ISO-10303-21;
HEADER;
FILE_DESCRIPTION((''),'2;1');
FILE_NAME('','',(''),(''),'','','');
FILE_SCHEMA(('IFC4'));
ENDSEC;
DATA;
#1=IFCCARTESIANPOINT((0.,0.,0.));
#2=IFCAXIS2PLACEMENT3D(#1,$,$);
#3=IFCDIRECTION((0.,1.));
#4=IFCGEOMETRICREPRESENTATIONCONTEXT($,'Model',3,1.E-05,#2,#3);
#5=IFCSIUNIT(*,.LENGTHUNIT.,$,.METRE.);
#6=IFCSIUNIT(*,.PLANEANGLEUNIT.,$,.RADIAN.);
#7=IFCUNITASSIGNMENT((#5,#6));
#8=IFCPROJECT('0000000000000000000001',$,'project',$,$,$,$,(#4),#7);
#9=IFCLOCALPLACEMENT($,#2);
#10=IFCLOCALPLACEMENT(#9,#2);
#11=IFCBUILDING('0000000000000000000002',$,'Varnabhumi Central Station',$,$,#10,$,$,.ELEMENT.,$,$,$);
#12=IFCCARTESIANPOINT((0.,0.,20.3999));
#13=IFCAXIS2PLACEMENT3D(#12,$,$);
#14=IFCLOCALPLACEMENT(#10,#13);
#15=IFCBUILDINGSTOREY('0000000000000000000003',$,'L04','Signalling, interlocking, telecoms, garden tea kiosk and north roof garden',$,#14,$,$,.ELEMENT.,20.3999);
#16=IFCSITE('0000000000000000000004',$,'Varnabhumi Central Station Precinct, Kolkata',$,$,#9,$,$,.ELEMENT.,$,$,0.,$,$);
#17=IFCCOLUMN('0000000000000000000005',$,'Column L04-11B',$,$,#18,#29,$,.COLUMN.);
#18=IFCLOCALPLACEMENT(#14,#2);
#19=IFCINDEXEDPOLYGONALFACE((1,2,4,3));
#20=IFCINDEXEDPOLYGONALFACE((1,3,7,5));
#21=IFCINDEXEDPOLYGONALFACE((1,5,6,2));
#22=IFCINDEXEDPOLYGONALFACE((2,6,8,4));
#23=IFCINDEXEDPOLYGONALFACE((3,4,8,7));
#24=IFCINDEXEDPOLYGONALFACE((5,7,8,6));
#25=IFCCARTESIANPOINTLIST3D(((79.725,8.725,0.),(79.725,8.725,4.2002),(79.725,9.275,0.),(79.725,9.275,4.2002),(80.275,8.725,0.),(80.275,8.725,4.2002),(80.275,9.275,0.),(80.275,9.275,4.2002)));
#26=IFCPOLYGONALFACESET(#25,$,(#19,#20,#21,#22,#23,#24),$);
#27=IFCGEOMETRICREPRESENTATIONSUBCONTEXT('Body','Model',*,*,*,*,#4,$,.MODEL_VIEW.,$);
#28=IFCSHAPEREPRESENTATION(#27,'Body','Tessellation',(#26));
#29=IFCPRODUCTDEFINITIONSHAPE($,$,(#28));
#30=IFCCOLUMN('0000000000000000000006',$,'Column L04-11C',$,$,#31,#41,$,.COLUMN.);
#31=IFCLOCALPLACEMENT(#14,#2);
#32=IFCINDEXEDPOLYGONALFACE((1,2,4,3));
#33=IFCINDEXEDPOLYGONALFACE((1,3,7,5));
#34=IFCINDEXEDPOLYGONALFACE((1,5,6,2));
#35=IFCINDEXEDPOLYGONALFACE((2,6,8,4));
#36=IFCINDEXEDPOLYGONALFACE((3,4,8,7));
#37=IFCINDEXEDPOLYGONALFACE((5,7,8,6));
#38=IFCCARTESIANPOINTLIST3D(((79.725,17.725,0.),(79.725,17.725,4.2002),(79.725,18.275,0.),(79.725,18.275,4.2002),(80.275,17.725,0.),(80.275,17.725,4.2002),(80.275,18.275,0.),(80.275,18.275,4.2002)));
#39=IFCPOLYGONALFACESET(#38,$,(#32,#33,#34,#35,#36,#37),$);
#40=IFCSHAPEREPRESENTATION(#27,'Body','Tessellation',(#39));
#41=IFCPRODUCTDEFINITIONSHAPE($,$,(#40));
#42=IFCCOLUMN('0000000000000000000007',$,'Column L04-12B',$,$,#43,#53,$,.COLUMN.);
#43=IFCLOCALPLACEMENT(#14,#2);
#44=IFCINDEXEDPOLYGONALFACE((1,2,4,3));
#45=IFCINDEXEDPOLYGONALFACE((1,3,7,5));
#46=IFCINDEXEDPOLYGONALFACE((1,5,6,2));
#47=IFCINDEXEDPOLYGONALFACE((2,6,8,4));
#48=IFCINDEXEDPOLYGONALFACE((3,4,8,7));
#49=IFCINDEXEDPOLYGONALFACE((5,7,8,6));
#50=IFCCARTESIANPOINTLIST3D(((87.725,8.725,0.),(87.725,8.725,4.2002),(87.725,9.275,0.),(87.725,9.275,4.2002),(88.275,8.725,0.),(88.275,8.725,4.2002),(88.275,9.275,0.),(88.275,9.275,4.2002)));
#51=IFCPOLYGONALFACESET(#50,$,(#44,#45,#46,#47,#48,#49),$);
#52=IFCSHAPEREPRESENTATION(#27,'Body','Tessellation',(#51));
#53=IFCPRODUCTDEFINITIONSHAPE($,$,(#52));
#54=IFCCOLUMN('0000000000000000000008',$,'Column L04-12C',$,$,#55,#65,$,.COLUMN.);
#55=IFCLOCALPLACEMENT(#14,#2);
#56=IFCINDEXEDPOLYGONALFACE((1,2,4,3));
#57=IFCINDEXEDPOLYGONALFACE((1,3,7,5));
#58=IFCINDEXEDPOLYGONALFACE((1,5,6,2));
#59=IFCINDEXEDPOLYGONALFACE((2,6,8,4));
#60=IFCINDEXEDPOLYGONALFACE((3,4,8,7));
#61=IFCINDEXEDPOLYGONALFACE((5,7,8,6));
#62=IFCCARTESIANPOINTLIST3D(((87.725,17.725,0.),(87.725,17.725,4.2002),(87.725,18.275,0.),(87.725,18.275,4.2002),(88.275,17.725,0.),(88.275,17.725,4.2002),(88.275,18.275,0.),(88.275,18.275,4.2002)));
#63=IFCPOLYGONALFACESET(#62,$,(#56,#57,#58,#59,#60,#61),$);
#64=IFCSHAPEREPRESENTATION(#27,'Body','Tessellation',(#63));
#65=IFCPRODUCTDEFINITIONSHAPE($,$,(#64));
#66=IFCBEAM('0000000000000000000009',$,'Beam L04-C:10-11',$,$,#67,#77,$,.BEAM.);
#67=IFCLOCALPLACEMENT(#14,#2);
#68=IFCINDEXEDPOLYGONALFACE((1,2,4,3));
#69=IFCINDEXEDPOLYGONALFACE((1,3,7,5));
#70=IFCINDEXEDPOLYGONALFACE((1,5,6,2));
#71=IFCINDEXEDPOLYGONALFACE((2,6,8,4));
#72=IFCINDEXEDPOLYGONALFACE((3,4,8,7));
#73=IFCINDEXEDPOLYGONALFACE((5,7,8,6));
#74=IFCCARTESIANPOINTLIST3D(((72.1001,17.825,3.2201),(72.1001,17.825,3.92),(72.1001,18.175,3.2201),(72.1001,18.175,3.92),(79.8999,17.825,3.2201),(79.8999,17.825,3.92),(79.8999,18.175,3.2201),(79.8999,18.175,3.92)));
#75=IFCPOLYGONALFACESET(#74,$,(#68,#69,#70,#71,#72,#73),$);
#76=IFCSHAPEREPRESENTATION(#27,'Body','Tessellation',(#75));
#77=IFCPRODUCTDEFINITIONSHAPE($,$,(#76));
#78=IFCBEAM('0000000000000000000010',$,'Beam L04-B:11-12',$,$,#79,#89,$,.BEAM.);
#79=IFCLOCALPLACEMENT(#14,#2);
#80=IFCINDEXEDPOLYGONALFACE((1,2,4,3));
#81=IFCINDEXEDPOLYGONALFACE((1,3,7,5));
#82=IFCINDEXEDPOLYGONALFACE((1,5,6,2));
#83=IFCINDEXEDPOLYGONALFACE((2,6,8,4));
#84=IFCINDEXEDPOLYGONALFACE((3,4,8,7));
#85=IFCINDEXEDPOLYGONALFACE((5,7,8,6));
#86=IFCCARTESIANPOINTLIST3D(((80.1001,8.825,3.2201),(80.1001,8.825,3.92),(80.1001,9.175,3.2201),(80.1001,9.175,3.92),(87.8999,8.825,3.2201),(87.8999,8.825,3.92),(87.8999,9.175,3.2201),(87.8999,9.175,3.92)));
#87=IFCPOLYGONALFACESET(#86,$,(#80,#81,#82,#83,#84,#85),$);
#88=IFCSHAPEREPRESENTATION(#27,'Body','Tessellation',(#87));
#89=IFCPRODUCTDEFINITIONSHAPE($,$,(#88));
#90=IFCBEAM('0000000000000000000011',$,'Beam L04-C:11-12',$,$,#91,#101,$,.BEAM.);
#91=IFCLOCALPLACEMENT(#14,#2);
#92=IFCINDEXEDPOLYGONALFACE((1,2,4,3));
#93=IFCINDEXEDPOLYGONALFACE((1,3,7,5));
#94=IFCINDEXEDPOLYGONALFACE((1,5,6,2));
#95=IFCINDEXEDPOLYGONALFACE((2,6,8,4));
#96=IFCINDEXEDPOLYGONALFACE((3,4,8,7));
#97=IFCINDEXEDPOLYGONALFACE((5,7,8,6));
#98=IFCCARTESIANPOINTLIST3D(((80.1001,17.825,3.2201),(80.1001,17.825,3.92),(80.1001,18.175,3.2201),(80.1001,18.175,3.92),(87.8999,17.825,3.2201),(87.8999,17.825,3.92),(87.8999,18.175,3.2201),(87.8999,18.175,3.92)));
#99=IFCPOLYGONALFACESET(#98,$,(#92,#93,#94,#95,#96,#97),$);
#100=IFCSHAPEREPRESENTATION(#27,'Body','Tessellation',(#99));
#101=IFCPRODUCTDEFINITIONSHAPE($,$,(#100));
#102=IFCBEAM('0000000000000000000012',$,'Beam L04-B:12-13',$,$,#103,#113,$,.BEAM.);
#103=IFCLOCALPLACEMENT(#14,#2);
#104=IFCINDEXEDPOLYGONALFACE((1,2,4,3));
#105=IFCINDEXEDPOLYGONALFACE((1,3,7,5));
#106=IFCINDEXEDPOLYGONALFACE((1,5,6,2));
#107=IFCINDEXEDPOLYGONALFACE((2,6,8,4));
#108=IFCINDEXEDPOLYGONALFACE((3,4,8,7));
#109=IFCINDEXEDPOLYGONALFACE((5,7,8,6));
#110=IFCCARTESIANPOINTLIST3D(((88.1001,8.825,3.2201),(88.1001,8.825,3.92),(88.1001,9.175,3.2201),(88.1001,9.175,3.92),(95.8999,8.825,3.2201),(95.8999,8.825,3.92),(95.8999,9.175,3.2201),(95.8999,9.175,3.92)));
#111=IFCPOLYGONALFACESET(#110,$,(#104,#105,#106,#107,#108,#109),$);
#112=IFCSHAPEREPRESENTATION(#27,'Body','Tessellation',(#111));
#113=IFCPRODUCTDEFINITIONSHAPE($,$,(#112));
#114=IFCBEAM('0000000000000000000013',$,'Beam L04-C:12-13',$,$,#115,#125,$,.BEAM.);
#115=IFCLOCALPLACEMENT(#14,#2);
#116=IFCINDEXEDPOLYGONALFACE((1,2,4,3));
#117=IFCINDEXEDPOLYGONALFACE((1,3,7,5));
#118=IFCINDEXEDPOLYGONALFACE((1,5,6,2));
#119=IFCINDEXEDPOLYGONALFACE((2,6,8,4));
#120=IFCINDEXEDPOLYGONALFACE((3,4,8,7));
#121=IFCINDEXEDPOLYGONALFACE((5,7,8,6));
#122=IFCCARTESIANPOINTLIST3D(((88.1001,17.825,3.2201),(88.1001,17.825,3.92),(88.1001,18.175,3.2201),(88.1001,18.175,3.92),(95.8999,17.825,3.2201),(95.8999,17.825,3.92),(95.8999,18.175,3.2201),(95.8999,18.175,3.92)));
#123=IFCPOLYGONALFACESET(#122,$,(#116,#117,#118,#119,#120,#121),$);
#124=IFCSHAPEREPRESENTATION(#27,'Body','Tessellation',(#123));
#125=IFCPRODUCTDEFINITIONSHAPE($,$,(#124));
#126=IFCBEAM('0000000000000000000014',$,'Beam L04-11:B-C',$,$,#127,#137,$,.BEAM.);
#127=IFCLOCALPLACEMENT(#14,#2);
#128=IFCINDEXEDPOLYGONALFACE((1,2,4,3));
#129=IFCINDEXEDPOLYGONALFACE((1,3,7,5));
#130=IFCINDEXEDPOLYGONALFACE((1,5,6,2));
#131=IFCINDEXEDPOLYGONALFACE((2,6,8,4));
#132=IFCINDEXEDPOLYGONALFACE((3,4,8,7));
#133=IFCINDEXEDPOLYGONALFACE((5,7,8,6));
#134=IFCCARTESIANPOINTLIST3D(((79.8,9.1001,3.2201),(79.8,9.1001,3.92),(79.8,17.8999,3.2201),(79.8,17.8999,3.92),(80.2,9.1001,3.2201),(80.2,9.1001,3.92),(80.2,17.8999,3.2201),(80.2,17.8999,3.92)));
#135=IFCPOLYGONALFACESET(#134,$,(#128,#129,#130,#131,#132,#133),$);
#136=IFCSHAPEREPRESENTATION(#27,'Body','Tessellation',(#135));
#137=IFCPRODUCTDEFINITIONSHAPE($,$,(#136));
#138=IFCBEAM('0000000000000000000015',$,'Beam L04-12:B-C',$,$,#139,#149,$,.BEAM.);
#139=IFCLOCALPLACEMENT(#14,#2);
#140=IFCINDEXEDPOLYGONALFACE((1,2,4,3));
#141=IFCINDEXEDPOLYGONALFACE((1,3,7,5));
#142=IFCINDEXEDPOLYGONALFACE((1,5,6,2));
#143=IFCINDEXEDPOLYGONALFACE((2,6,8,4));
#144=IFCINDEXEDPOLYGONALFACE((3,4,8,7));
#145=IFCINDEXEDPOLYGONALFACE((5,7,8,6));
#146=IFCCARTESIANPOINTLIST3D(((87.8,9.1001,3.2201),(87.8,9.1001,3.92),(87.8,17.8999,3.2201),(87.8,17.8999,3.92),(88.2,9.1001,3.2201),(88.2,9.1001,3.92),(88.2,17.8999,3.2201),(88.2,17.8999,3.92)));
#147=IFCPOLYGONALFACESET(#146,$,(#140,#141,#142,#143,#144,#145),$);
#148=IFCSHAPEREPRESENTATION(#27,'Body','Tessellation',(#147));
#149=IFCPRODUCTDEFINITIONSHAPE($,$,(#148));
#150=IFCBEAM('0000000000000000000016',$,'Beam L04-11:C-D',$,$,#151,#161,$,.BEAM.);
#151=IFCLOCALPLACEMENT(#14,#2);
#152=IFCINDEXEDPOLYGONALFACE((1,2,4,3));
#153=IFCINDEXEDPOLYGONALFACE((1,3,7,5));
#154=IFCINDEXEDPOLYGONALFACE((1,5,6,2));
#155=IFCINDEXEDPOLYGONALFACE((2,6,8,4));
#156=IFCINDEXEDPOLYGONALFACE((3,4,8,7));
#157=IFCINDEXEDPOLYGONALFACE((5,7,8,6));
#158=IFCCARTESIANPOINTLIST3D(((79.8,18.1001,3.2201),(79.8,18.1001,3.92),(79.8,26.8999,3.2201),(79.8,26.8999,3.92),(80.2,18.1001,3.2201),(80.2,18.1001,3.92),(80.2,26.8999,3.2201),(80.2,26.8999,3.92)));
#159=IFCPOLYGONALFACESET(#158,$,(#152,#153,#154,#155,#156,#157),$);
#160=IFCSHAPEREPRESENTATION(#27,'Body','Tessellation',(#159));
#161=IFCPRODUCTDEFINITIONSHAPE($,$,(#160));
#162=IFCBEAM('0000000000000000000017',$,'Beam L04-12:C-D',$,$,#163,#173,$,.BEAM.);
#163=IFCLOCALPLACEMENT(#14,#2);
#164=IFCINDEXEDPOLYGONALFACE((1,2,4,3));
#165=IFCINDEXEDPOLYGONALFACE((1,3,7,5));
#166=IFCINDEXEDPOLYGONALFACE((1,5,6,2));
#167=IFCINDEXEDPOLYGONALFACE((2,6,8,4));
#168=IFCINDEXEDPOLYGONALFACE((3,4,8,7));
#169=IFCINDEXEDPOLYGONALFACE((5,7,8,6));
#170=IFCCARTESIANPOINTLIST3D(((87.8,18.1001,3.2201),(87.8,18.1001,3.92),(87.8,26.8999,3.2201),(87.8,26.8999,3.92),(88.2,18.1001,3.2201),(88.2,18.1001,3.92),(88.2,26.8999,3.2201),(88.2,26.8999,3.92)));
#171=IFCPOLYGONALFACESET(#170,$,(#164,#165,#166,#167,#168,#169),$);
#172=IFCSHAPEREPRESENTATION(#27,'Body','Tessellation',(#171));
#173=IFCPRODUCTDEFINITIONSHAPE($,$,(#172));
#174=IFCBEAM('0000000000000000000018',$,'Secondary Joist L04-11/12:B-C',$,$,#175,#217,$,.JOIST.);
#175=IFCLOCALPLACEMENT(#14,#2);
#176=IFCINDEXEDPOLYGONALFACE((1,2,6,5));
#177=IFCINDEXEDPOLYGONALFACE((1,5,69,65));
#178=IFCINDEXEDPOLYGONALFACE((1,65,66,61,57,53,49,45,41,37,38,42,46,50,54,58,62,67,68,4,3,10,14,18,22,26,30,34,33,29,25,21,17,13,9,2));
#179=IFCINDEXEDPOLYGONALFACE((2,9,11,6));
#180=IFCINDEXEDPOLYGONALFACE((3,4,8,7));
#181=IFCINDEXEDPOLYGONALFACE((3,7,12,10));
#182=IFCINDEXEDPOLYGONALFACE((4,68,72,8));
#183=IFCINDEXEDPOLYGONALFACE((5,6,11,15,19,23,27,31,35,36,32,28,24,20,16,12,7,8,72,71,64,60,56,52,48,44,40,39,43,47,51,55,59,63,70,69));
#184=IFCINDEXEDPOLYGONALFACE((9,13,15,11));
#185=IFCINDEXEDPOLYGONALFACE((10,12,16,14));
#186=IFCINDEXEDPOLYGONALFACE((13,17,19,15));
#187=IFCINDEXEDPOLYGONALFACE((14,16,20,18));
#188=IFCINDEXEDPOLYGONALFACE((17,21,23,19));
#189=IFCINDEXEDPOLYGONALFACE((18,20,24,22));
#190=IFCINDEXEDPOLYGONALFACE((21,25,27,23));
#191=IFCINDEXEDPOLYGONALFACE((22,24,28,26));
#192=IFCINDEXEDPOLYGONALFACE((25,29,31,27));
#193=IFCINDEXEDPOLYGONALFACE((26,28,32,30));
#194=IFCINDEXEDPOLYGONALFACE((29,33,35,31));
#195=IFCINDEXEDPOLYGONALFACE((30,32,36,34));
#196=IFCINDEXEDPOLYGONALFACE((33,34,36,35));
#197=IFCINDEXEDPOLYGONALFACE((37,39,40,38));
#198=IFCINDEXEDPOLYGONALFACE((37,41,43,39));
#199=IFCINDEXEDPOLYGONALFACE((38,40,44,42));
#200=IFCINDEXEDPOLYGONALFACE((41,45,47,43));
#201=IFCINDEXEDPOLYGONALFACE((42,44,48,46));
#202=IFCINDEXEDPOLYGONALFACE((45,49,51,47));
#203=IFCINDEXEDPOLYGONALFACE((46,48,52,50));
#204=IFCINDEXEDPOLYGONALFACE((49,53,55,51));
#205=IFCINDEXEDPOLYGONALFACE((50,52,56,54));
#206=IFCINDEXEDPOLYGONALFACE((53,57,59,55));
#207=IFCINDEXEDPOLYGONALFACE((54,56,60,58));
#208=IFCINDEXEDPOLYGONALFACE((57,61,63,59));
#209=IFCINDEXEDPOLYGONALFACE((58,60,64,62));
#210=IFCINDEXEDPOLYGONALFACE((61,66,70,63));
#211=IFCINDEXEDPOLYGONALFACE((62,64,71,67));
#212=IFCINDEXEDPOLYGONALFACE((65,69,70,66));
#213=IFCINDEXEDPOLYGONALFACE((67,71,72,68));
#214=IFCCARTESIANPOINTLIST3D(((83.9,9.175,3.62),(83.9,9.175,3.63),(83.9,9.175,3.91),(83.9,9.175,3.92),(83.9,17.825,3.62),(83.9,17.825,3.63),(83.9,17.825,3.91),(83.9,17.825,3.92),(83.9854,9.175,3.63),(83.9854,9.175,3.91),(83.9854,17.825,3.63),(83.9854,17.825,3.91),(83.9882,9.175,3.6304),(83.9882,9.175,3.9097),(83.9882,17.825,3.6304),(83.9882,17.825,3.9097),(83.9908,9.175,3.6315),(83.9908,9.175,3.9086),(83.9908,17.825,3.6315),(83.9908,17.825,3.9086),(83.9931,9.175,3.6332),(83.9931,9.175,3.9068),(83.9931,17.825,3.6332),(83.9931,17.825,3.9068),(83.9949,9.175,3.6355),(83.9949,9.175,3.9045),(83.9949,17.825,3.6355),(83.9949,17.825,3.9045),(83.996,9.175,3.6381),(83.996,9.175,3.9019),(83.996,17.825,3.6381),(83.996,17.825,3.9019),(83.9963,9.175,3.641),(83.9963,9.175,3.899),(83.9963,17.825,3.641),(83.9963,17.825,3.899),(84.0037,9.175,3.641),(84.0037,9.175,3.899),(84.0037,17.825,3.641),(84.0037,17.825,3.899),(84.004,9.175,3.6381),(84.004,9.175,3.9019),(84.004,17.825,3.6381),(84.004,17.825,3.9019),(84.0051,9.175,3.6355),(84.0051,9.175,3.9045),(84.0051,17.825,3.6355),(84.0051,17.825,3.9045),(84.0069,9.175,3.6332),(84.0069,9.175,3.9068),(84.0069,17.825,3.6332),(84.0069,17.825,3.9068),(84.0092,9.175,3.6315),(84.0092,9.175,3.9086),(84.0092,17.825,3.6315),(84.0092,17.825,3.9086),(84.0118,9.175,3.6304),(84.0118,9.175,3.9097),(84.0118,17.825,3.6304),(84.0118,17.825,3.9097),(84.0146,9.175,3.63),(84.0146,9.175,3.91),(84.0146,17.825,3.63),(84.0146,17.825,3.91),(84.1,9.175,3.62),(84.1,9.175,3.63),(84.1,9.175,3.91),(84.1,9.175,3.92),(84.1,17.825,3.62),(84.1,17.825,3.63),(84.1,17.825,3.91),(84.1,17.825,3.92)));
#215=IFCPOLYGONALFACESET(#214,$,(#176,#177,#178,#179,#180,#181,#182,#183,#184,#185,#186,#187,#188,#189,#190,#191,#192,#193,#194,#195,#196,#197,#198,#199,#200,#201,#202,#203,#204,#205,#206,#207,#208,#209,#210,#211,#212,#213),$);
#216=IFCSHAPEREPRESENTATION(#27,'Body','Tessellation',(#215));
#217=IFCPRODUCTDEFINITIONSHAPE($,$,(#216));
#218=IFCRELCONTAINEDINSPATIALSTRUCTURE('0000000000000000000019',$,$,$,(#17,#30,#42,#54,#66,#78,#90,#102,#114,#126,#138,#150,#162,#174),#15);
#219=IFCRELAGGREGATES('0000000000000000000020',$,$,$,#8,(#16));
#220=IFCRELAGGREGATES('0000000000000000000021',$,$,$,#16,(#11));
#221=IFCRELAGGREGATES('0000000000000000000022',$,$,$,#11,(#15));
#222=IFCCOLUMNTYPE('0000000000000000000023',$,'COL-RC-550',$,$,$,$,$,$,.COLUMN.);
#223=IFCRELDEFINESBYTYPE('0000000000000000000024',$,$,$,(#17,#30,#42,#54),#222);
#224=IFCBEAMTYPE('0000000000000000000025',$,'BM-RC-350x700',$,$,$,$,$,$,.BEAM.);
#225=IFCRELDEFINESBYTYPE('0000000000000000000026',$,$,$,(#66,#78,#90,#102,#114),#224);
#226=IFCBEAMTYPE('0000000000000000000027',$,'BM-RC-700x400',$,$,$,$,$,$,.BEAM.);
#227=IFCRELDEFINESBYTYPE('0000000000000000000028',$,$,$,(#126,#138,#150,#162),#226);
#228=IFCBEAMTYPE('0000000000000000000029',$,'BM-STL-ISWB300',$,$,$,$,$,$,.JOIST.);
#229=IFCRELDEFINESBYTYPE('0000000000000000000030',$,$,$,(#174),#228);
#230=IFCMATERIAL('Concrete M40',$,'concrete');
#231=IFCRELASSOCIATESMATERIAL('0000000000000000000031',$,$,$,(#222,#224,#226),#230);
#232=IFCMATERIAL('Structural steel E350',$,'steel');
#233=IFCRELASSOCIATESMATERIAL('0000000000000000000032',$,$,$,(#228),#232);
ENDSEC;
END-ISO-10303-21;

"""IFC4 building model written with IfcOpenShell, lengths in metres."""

from ifc_helpers import new_model, si_unit, direction, frame, origin, origin_2d, place, context, subcontext, project, spatial, rectangle, i_section, extrude, material, material_profile, profile_set, type_object, element, save


model = new_model("IFC4")

# Units and contexts
model_context = context("Model", 3, precision=1e-05, world=origin(), true_north=direction((0.0, 1.0)))
body_context = subcontext(model_context, "Body", "Model", "MODEL_VIEW")
ifc_project = project(units=[si_unit("LENGTHUNIT", "METRE"), si_unit("PLANEANGLEUNIT", "RADIAN")], contexts=[model_context])

# Site, building, storey
site_placement = place(None, origin())
site = spatial("IfcSite", under=ifc_project, at=site_placement, Name="Varnabhumi Central Station Precinct, Kolkata", CompositionType="ELEMENT", RefElevation=0.0)
building_placement = place(site_placement, origin())
building = spatial("IfcBuilding", under=site, at=building_placement, Name="Varnabhumi Central Station", CompositionType="ELEMENT")
storey_placement = place(building_placement, frame((0.0, 0.0, 20.3999)))
storey = spatial("IfcBuildingStorey", under=building, at=storey_placement, Name="L04", Description="Signalling, interlocking, telecoms, garden tea kiosk and north roof garden", CompositionType="ELEMENT", Elevation=20.3999)

# Columns
ifc_material_1 = material(Name="Concrete M40", Category="concrete")
ifc_material_profile_1 = material_profile(ifc_material_1, rectangle(XDim=0.55, YDim=0.55, at=origin_2d()), Name="Concrete M40", Category="concrete")
ifc_profile_set_1 = profile_set([ifc_material_profile_1], Name="Concrete M40")
column_type = type_object("IfcColumnType", Name="COL-RC-550", PredefinedType="COLUMN", material=ifc_profile_set_1)
for number, where, z_axis, x_axis, name in (
    (1, (80.0, 9.0, 0.0), (0.0, 0.0, 1.0), (1.0, 0.0, 0.0), "Column L04-11B"),
    (2, (80.0, 18.0, 0.0), (0.0, 0.0, 1.0), (1.0, 0.0, 0.0), "Column L04-11C"),
    (3, (88.0, 9.0, 0.0), (0.0, 0.0, 1.0), (1.0, 0.0, 0.0), "Column L04-12B"),
    (4, (88.0, 18.0, 0.0), (0.0, 0.0, 1.0), (1.0, 0.0, 0.0), "Column L04-12C"),
):
    element("IfcColumn", number, at=place(storey_placement, frame(where, z_axis=z_axis, x_axis=x_axis)), inside=storey, type_object=column_type, Name=name, PredefinedType="COLUMN", context=body_context, shape_type="SweptSolid", body=[
        extrude(rectangle(XDim=0.55, YDim=0.55, at=origin_2d()), origin(), (0.0, 0.0, 1.0), 4.2002),
    ])

# Beams
ifc_material_profile_2 = material_profile(ifc_material_1, rectangle(XDim=0.3501, YDim=0.7, at=origin_2d()), Name="Concrete M40", Category="concrete")
ifc_profile_set_2 = profile_set([ifc_material_profile_2], Name="Concrete M40")
beam_type_1 = type_object("IfcBeamType", Name="BM-RC-350x700", PredefinedType="BEAM", material=ifc_profile_set_2)
for number, where, z_axis, x_axis, name in (
    (5, (72.1001, 18.0, 3.5701), (1.0, 0.0, 0.0), (0.0, 1.0, 0.0), "Beam L04-C:10-11"),
    (6, (80.1001, 9.0, 3.5701), (1.0, 0.0, 0.0), (0.0, 1.0, 0.0), "Beam L04-B:11-12"),
    (7, (80.1001, 18.0, 3.5701), (1.0, 0.0, 0.0), (0.0, 1.0, 0.0), "Beam L04-C:11-12"),
    (8, (88.1001, 9.0, 3.5701), (1.0, 0.0, 0.0), (0.0, 1.0, 0.0), "Beam L04-B:12-13"),
    (9, (88.1001, 18.0, 3.5701), (1.0, 0.0, 0.0), (0.0, 1.0, 0.0), "Beam L04-C:12-13"),
):
    element("IfcBeam", number, at=place(storey_placement, frame(where, z_axis=z_axis, x_axis=x_axis)), inside=storey, type_object=beam_type_1, Name=name, PredefinedType="BEAM", context=body_context, shape_type="SweptSolid", body=[
        extrude(rectangle(XDim=0.3501, YDim=0.7, at=origin_2d()), origin(), (0.0, 0.0, 1.0), 7.7998),
    ])
ifc_material_profile_3 = material_profile(ifc_material_1, rectangle(XDim=0.3999, YDim=0.7, at=origin_2d()), Name="Concrete M40", Category="concrete")
ifc_profile_set_3 = profile_set([ifc_material_profile_3], Name="Concrete M40")
beam_type_2 = type_object("IfcBeamType", Name="BM-RC-700x400", PredefinedType="BEAM", material=ifc_profile_set_3)
for number, where, z_axis, x_axis, name in (
    (10, (80.0, 9.1001, 3.5701), (0.0, 1.0, 0.0), (-1.0, 0.0, 0.0), "Beam L04-11:B-C"),
    (11, (88.0, 9.1001, 3.5701), (0.0, 1.0, 0.0), (-1.0, 0.0, 0.0), "Beam L04-12:B-C"),
    (12, (80.0, 18.1001, 3.5701), (0.0, 1.0, 0.0), (-1.0, 0.0, 0.0), "Beam L04-11:C-D"),
    (13, (88.0, 18.1001, 3.5701), (0.0, 1.0, 0.0), (-1.0, 0.0, 0.0), "Beam L04-12:C-D"),
):
    element("IfcBeam", number, at=place(storey_placement, frame(where, z_axis=z_axis, x_axis=x_axis)), inside=storey, type_object=beam_type_2, Name=name, PredefinedType="BEAM", context=body_context, shape_type="SweptSolid", body=[
        extrude(rectangle(XDim=0.3999, YDim=0.7, at=origin_2d()), origin(), (0.0, 0.0, 1.0), 8.7998),
    ])
ifc_material_2 = material(Name="Structural steel E350", Category="steel")
ifc_material_profile_4 = material_profile(ifc_material_2, i_section(OverallWidth=0.2, OverallDepth=0.3, WebThickness=0.0073, FlangeThickness=0.01, FilletRadius=0.011, at=origin_2d()), Name="Structural steel E350", Category="steel")
ifc_profile_set_4 = profile_set([ifc_material_profile_4], Name="Structural steel E350")
beam_type_3 = type_object("IfcBeamType", Name="BM-STL-ISWB300", PredefinedType="JOIST", material=ifc_profile_set_4)
beam_1_placement = place(storey_placement, frame((84.0, 9.175, 3.77), z_axis=(0.0, 1.0, 0.0), x_axis=(-1.0, 0.0, 0.0)))
element("IfcBeam", 14, at=beam_1_placement, inside=storey, type_object=beam_type_3, Name="Secondary Joist L04-11/12:B-C", PredefinedType="JOIST", context=body_context, shape_type="SweptSolid", body=[
    extrude(i_section(OverallWidth=0.2, OverallDepth=0.3, WebThickness=0.0073, FlangeThickness=0.01, FilletRadius=0.011, at=origin_2d()), origin(), (0.0, 0.0, 1.0), 8.6499),
])

save(model, "model.ifc")
